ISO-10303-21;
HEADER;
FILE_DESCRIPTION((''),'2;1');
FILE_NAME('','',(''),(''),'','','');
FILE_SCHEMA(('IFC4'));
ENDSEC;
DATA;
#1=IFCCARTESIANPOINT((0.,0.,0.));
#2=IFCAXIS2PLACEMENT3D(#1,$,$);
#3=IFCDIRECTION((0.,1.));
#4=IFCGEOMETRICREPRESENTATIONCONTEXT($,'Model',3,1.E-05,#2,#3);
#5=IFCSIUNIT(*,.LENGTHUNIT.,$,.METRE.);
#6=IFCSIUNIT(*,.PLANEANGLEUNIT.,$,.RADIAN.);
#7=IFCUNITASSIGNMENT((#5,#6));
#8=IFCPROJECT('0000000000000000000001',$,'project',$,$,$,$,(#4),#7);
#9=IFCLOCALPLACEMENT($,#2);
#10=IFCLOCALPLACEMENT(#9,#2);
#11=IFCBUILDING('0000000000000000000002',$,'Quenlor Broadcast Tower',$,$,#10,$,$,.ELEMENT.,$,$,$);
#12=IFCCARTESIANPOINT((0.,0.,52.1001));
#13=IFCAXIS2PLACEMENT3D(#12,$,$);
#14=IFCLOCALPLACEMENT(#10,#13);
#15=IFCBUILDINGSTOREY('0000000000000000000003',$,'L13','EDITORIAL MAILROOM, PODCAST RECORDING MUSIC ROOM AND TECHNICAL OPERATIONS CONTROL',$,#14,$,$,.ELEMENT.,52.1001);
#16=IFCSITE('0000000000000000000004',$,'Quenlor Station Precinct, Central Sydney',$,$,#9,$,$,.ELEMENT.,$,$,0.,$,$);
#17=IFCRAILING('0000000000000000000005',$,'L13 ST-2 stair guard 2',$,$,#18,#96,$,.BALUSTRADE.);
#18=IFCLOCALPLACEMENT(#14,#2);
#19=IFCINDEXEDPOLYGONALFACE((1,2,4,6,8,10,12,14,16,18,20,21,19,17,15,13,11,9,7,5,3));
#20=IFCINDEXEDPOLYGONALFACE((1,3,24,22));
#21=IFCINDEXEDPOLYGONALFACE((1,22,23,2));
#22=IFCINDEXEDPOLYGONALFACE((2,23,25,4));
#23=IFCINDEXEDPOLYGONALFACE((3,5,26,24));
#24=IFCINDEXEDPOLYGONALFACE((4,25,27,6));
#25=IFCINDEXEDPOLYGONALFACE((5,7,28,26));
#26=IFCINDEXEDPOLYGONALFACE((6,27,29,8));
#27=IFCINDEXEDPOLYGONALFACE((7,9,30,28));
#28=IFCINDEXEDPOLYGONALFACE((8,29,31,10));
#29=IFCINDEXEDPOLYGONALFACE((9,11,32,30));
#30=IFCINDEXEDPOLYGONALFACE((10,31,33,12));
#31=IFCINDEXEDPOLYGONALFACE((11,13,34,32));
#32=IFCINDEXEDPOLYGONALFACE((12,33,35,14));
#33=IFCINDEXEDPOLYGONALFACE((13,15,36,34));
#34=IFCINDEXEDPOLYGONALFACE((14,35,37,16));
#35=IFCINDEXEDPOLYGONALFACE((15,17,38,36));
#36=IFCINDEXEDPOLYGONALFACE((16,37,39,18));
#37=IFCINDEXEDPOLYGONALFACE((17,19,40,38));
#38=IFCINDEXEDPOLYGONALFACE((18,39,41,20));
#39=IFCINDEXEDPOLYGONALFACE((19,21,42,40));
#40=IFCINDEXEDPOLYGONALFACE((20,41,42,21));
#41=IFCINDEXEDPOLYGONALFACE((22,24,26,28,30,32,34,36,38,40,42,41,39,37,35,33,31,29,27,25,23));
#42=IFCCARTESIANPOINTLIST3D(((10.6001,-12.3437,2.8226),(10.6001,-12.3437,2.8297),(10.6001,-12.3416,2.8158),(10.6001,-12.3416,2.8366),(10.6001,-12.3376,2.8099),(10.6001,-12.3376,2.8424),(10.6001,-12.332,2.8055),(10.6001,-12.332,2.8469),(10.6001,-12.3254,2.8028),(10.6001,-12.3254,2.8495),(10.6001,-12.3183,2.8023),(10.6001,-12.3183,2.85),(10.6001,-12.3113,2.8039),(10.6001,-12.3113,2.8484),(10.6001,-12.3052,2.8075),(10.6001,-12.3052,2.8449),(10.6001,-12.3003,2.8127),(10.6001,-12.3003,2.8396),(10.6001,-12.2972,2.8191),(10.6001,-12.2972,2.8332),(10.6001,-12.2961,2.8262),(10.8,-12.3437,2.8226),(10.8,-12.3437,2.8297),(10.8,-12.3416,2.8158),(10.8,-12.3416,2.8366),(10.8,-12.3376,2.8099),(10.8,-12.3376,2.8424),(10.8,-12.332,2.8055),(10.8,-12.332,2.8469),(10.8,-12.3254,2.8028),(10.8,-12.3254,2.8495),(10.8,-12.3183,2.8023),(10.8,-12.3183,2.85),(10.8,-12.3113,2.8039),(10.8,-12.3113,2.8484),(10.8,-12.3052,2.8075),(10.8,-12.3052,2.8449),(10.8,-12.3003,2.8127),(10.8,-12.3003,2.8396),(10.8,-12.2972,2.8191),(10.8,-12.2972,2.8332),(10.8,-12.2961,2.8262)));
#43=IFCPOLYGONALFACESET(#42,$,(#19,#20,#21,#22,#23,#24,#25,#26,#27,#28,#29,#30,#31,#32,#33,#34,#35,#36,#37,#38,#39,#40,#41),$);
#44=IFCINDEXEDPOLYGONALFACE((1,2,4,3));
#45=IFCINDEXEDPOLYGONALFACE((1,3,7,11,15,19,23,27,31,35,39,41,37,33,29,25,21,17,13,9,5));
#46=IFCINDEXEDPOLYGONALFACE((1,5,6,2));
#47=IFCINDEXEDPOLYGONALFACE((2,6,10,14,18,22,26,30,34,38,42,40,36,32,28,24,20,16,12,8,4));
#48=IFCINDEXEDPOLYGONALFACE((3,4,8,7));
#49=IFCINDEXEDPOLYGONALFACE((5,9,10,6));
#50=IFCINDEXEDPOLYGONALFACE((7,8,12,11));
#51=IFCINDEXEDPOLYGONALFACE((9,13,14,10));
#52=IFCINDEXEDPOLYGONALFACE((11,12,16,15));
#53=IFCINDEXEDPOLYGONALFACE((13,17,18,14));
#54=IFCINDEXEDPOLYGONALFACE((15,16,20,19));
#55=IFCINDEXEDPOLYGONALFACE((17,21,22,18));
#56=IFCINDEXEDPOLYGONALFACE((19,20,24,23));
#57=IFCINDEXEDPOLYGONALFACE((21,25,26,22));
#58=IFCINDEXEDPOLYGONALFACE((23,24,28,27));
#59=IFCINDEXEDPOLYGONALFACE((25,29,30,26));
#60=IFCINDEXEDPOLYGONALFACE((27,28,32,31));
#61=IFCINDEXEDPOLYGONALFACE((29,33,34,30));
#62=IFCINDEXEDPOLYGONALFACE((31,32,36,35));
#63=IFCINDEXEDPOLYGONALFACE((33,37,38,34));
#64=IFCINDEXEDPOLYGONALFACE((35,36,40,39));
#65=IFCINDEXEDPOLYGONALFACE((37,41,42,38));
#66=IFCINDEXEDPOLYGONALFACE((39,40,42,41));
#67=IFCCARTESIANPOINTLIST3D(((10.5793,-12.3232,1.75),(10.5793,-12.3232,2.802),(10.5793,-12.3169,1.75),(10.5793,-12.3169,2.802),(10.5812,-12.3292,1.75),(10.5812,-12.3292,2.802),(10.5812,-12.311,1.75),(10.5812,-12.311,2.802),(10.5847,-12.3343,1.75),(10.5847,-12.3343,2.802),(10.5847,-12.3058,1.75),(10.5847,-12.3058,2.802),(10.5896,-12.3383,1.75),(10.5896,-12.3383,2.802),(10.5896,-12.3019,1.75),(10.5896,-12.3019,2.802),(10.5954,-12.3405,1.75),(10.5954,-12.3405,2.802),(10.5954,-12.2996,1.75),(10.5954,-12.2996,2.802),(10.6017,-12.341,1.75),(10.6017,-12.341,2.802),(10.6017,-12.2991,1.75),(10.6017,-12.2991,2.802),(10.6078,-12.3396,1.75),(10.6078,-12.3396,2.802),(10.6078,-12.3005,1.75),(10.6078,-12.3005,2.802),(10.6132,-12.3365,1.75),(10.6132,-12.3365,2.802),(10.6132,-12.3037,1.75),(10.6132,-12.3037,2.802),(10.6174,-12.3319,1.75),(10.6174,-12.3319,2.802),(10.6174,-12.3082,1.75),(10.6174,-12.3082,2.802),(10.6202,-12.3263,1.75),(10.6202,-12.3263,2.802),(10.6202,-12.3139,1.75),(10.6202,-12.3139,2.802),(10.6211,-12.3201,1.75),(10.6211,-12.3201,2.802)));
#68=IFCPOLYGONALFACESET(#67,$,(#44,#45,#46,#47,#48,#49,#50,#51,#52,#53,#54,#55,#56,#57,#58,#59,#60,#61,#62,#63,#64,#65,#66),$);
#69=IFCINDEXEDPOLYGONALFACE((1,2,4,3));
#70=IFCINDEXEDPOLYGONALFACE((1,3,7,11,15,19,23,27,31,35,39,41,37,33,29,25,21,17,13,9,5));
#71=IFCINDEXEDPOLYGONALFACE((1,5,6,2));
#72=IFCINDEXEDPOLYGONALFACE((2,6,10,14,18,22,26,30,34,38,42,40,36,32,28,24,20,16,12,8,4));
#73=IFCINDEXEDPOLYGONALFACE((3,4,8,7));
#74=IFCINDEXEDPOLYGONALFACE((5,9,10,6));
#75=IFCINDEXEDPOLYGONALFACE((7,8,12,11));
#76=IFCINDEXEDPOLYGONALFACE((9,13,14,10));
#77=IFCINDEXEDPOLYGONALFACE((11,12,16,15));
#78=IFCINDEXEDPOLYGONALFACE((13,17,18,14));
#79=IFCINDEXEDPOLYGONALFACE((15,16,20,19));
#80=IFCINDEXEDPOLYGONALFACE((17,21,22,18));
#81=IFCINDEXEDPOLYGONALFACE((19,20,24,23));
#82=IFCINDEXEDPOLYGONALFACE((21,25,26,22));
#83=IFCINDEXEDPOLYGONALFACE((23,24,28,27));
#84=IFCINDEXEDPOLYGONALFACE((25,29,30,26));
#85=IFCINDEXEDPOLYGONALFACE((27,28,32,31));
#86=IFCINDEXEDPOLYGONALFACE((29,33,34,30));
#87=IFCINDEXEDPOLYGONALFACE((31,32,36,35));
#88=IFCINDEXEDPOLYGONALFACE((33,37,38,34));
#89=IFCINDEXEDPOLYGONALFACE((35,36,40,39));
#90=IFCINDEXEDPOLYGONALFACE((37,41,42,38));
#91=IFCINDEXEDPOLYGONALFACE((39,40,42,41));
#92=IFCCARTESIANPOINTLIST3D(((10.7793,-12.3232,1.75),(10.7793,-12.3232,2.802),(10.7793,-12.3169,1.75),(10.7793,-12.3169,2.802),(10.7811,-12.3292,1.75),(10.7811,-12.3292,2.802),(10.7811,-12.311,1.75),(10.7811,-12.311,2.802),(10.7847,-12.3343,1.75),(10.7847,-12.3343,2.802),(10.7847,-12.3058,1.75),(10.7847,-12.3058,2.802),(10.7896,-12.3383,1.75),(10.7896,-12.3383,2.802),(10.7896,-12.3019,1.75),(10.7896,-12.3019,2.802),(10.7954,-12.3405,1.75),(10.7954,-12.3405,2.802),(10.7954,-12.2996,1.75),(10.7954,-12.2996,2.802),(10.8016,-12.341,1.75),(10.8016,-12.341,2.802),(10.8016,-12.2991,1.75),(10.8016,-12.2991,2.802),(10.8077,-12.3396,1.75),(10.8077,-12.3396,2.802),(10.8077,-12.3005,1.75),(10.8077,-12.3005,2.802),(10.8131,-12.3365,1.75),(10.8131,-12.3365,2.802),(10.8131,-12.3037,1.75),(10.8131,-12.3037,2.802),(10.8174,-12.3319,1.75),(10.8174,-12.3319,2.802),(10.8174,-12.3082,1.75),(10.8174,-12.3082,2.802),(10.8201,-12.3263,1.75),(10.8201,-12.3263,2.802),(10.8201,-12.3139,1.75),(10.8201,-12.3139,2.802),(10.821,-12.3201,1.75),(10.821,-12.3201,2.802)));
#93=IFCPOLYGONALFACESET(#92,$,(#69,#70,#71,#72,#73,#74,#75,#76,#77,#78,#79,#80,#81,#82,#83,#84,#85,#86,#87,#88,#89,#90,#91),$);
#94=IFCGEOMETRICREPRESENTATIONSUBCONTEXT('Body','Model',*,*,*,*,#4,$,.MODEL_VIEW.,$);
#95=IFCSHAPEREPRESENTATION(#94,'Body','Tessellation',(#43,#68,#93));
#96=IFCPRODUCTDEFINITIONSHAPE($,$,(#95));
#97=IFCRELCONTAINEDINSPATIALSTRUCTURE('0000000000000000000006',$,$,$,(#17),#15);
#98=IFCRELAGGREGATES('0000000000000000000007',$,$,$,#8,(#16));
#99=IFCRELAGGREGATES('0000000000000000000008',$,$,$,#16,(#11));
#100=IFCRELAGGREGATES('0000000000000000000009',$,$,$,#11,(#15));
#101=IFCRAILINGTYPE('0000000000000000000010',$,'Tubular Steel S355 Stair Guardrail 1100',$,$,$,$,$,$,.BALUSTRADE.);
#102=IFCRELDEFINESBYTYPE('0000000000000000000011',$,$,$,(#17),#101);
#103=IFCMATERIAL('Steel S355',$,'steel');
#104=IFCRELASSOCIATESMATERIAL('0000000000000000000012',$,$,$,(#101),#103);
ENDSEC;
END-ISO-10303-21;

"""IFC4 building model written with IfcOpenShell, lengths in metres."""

from ifc_helpers import new_model, si_unit, direction, frame, origin, origin_2d, place, context, subcontext, project, spatial, circle, extrude, material, type_object, element, save


model = new_model("IFC4")

# Units and contexts
model_context = context("Model", 3, precision=1e-05, world=origin(), true_north=direction((0.0, 1.0)))
body_context = subcontext(model_context, "Body", "Model", "MODEL_VIEW")
ifc_project = project(units=[si_unit("LENGTHUNIT", "METRE"), si_unit("PLANEANGLEUNIT", "RADIAN")], contexts=[model_context])

# Site, building, storey
site_placement = place(None, origin())
site = spatial("IfcSite", under=ifc_project, at=site_placement, Name="Quenlor Station Precinct, Central Sydney", CompositionType="ELEMENT", RefElevation=0.0)
building_placement = place(site_placement, origin())
building = spatial("IfcBuilding", under=site, at=building_placement, Name="Quenlor Broadcast Tower", CompositionType="ELEMENT")
storey_placement = place(building_placement, frame((0.0, 0.0, 52.1001)))
storey = spatial("IfcBuildingStorey", under=building, at=storey_placement, Name="L13", Description="EDITORIAL MAILROOM, PODCAST RECORDING MUSIC ROOM AND TECHNICAL OPERATIONS CONTROL", CompositionType="ELEMENT", Elevation=52.1001)

# Railing
ifc_material_1 = material(Name="Steel S355", Category="steel")
railing_type_1 = type_object("IfcRailingType", Name="Tubular Steel S355 Stair Guardrail 1100", PredefinedType="BALUSTRADE", material=ifc_material_1)
railing_1_placement = place(storey_placement, frame((10.6001, -12.3201, 1.75)))
element("IfcRailing", 1, at=railing_1_placement, inside=storey, type_object=railing_type_1, Name="L13 ST-2 stair guard 2", PredefinedType="BALUSTRADE", context=body_context, shape_type="SweptSolid", body=[
    extrude(circle(Radius=0.0239, at=origin_2d()), frame((0.0, 0.0, 1.0762), z_axis=(1.0, 0.0, 0.0), x_axis=(0.0, 1.0, 0.0)), (0.0, 0.0, 1.0), 0.2),
    extrude(circle(Radius=0.021, at=origin_2d()), origin(), (0.0, 0.0, 1.0), 1.052),
    extrude(circle(Radius=0.021, at=origin_2d()), frame((0.2, 0.0, 0.0)), (0.0, 0.0, 1.0), 1.052),
])

save(model, "model.ifc")
